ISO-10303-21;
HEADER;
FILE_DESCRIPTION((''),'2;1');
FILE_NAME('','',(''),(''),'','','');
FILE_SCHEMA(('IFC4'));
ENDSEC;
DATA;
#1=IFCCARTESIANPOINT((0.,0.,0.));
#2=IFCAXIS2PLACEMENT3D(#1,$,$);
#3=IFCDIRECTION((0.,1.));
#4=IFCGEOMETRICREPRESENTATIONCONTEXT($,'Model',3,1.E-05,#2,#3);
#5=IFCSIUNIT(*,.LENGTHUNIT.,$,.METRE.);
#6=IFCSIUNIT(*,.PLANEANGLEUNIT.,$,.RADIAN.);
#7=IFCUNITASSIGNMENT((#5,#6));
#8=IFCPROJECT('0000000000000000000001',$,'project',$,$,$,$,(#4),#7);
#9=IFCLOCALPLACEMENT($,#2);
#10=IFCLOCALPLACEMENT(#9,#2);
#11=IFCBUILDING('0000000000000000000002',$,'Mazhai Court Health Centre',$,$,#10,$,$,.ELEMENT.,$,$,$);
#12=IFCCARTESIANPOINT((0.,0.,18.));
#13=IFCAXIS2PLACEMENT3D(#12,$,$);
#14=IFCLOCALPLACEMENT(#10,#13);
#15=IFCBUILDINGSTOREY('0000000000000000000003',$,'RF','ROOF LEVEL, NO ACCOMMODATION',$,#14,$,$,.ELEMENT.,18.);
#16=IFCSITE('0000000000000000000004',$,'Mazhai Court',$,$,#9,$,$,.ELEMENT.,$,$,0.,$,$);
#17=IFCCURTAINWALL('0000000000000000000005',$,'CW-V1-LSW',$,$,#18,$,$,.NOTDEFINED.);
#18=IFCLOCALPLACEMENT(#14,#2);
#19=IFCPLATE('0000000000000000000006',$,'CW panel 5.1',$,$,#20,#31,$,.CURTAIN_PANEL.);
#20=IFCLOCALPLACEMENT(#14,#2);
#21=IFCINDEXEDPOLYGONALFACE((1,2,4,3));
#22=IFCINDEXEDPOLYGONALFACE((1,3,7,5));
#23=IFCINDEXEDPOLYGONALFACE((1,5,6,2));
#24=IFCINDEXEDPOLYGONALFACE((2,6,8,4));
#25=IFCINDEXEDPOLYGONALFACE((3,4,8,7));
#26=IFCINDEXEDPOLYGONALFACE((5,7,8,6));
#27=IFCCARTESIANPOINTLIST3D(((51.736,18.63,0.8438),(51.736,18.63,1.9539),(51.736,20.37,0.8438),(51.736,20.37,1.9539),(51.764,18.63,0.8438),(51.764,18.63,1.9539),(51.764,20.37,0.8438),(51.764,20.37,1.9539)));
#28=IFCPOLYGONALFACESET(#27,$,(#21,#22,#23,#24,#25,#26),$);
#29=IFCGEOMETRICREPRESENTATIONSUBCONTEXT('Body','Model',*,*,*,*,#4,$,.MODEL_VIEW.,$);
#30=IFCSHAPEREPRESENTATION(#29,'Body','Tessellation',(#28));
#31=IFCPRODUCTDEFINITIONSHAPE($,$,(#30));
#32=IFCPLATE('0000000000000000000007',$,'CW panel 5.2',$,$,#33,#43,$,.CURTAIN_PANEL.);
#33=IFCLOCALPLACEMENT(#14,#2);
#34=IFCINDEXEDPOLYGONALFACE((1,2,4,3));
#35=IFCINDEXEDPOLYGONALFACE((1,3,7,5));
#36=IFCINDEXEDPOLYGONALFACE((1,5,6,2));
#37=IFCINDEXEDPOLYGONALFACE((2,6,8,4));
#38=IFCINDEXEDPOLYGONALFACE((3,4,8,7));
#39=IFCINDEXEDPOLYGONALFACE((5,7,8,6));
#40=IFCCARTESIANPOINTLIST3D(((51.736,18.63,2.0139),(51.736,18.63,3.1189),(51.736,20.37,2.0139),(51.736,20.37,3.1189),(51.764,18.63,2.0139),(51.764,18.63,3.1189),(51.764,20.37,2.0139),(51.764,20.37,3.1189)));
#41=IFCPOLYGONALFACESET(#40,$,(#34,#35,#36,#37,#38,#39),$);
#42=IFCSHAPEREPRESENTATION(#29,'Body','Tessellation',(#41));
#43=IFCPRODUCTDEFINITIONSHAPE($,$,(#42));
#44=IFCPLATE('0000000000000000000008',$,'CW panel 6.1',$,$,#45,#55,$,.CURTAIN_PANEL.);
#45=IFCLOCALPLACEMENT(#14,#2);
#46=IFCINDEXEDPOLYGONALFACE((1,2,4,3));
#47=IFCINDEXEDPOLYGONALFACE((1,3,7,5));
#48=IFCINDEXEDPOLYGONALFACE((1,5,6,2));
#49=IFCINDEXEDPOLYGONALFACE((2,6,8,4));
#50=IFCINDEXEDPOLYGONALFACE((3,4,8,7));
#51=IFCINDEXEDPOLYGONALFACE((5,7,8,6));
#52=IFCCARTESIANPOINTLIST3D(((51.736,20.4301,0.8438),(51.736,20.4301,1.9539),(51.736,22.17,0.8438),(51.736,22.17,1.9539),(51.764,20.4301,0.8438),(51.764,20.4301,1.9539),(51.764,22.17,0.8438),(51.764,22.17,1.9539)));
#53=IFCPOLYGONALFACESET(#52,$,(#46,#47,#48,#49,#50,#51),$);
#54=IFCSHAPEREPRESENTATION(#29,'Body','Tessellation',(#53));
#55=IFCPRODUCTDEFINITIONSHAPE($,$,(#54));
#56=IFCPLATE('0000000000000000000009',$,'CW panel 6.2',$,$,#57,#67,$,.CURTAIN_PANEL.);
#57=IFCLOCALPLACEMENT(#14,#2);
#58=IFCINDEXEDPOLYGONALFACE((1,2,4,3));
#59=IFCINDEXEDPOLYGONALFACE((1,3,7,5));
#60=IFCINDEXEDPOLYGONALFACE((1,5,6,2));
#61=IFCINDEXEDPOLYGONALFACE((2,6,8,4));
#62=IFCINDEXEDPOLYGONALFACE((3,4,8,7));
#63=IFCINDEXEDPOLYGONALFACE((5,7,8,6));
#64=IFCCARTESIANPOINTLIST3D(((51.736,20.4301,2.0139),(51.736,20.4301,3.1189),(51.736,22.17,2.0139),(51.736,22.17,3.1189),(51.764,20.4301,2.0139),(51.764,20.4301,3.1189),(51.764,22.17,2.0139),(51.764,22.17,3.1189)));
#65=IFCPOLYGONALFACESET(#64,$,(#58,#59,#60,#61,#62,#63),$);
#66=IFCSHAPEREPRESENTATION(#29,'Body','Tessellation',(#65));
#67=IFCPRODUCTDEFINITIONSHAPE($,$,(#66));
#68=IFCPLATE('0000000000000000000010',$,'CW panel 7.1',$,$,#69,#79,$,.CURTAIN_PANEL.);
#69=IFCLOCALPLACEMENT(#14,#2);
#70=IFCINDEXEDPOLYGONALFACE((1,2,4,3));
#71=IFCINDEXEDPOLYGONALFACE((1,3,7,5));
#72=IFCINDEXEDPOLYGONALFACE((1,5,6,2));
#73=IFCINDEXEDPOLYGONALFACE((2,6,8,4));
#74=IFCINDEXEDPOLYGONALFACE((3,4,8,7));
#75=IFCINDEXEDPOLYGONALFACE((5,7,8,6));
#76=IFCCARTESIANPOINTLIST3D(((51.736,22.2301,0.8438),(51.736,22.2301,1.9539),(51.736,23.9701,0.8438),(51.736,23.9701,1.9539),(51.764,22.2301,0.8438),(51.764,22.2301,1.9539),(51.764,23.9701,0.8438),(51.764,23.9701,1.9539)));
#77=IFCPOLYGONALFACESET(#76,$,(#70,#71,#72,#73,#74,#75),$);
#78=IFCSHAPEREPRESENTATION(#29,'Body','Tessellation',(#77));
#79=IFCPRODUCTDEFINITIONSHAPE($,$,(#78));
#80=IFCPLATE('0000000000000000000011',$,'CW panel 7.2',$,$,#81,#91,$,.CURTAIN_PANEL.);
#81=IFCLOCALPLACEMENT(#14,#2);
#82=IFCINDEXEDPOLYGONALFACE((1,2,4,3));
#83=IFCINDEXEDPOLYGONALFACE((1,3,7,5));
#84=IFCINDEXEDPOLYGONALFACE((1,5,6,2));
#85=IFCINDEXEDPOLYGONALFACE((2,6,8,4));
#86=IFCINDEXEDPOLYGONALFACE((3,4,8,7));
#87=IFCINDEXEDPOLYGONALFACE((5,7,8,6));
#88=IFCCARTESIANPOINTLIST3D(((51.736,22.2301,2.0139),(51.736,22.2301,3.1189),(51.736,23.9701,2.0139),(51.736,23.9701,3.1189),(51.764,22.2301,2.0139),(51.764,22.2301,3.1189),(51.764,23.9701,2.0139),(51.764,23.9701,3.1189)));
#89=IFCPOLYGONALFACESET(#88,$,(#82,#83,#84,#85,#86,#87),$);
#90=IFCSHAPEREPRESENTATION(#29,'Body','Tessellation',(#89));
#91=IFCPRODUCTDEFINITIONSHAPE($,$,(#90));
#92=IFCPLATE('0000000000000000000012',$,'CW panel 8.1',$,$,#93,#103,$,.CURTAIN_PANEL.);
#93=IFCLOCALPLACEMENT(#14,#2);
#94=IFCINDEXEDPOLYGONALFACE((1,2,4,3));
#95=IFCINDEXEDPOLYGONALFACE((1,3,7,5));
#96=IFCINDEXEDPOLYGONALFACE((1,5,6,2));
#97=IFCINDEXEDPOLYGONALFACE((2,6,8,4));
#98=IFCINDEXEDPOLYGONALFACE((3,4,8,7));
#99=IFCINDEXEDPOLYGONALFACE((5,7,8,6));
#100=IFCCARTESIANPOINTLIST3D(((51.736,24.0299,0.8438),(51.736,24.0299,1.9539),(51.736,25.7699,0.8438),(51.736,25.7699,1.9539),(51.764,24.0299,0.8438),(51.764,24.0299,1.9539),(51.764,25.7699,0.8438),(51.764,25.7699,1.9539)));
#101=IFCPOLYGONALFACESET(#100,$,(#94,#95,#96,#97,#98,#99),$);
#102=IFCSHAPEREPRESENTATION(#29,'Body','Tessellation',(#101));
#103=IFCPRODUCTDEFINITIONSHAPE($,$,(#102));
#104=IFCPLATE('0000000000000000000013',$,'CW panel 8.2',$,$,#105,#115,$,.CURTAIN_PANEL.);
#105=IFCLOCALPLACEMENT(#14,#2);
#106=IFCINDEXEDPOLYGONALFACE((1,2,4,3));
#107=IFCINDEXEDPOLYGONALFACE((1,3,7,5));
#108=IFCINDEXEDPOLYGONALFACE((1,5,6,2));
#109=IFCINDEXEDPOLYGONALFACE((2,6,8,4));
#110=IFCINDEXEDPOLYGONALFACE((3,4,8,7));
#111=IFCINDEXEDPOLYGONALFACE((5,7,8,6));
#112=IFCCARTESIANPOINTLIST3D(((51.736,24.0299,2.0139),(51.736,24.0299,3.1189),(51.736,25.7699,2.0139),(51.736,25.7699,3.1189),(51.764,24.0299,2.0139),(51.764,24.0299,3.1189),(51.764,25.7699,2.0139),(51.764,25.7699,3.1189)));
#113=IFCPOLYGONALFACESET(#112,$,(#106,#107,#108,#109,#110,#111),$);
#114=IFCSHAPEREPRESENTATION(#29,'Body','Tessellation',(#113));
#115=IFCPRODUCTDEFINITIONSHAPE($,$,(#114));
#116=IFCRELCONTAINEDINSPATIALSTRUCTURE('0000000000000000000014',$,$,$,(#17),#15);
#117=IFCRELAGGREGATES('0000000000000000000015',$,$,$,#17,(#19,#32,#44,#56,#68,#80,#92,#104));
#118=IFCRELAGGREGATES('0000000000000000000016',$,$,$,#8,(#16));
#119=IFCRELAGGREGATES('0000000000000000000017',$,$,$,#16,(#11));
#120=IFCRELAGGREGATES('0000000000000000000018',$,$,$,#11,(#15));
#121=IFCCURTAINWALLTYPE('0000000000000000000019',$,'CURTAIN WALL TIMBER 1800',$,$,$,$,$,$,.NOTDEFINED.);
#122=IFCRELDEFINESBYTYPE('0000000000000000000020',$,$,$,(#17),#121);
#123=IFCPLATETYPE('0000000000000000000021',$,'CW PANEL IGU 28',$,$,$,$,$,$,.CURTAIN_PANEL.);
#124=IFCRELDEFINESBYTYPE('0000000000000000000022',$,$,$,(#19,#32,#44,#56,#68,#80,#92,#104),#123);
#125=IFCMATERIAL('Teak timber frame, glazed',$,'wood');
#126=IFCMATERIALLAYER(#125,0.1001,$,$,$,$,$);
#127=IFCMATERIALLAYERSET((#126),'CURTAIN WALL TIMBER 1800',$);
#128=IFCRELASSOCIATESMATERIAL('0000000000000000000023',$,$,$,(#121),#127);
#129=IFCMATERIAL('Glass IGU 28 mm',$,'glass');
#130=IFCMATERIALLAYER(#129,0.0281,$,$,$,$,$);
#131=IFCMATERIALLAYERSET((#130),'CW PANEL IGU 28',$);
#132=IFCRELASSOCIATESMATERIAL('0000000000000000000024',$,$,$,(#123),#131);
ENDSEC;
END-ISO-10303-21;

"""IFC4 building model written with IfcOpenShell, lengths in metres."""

from ifc_helpers import new_model, si_unit, direction, frame, origin, origin_2d, place, context, subcontext, project, spatial, rectangle, extrude, material, layer, layer_set, type_object, element, aggregate, save


model = new_model("IFC4")

# Units and contexts
model_context = context("Model", 3, precision=1e-05, world=origin(), true_north=direction((0.0, 1.0)))
body_context = subcontext(model_context, "Body", "Model", "MODEL_VIEW")
ifc_project = project(units=[si_unit("LENGTHUNIT", "METRE"), si_unit("PLANEANGLEUNIT", "RADIAN")], contexts=[model_context])

# Site, building, storey
site_placement = place(None, origin())
site = spatial("IfcSite", under=ifc_project, at=site_placement, Name="Mazhai Court", CompositionType="ELEMENT", RefElevation=0.0)
building_placement = place(site_placement, origin())
building = spatial("IfcBuilding", under=site, at=building_placement, Name="Mazhai Court Health Centre", CompositionType="ELEMENT")
storey_placement = place(building_placement, frame((0.0, 0.0, 18.0)))
storey = spatial("IfcBuildingStorey", under=building, at=storey_placement, Name="RF", Description="ROOF LEVEL, NO ACCOMMODATION", CompositionType="ELEMENT", Elevation=18.0)

# Curtain wall, plates
ifc_material_1 = material(Name="Teak timber frame, glazed", Category="wood")
ifc_layer_1 = layer(ifc_material_1, 0.1001)
ifc_layer_set_1 = layer_set([ifc_layer_1], Name="CURTAIN WALL TIMBER 1800")
curtain_wall_type = type_object("IfcCurtainWallType", Name="CURTAIN WALL TIMBER 1800", PredefinedType="NOTDEFINED", material=ifc_layer_set_1)
curtain_wall_placement = place(storey_placement, origin())
curtain_wall = element("IfcCurtainWall", 1, at=curtain_wall_placement, inside=storey, type_object=curtain_wall_type, Name="CW-V1-LSW", PredefinedType="NOTDEFINED")
ifc_material_2 = material(Name="Glass IGU 28 mm", Category="glass")
ifc_layer_2 = layer(ifc_material_2, 0.0281)
ifc_layer_set_2 = layer_set([ifc_layer_2], Name="CW PANEL IGU 28")
plate_type = type_object("IfcPlateType", Name="CW PANEL IGU 28", PredefinedType="CURTAIN_PANEL", material=ifc_layer_set_2)
plate_1_placement = place(storey_placement, frame((51.75, 19.5, 0.8438), z_axis=(0.0, 0.0, 1.0), x_axis=(0.0, 1.0, 0.0)))
plate_1 = element("IfcPlate", 2, at=plate_1_placement, type_object=plate_type, Name="CW panel 5.1", PredefinedType="CURTAIN_PANEL", context=body_context, shape_type="SweptSolid", body=[
    extrude(rectangle(XDim=1.74, YDim=0.0281, at=origin_2d()), origin(), (0.0, 0.0, 1.0), 1.1101),
])
plate_2_placement = place(storey_placement, frame((51.75, 19.5, 2.0139), z_axis=(0.0, 0.0, 1.0), x_axis=(0.0, 1.0, 0.0)))
plate_2 = element("IfcPlate", 3, at=plate_2_placement, type_object=plate_type, Name="CW panel 5.2", PredefinedType="CURTAIN_PANEL", context=body_context, shape_type="SweptSolid", body=[
    extrude(rectangle(XDim=1.74, YDim=0.0281, at=origin_2d()), origin(), (0.0, 0.0, 1.0), 1.105),
])
plate_3_placement = place(storey_placement, frame((51.75, 21.3, 0.8438), z_axis=(0.0, 0.0, 1.0), x_axis=(0.0, 1.0, 0.0)))
plate_3 = element("IfcPlate", 4, at=plate_3_placement, type_object=plate_type, Name="CW panel 6.1", PredefinedType="CURTAIN_PANEL", context=body_context, shape_type="SweptSolid", body=[
    extrude(rectangle(XDim=1.74, YDim=0.0281, at=origin_2d()), origin(), (0.0, 0.0, 1.0), 1.1101),
])
plate_4_placement = place(storey_placement, frame((51.75, 21.3, 2.0139), z_axis=(0.0, 0.0, 1.0), x_axis=(0.0, 1.0, 0.0)))
plate_4 = element("IfcPlate", 5, at=plate_4_placement, type_object=plate_type, Name="CW panel 6.2", PredefinedType="CURTAIN_PANEL", context=body_context, shape_type="SweptSolid", body=[
    extrude(rectangle(XDim=1.74, YDim=0.0281, at=origin_2d()), origin(), (0.0, 0.0, 1.0), 1.105),
])
plate_5_placement = place(storey_placement, frame((51.75, 23.1001, 0.8438), z_axis=(0.0, 0.0, 1.0), x_axis=(0.0, 1.0, 0.0)))
plate_5 = element("IfcPlate", 6, at=plate_5_placement, type_object=plate_type, Name="CW panel 7.1", PredefinedType="CURTAIN_PANEL", context=body_context, shape_type="SweptSolid", body=[
    extrude(rectangle(XDim=1.74, YDim=0.0281, at=origin_2d()), origin(), (0.0, 0.0, 1.0), 1.1101),
])
plate_6_placement = place(storey_placement, frame((51.75, 23.1001, 2.0139), z_axis=(0.0, 0.0, 1.0), x_axis=(0.0, 1.0, 0.0)))
plate_6 = element("IfcPlate", 7, at=plate_6_placement, type_object=plate_type, Name="CW panel 7.2", PredefinedType="CURTAIN_PANEL", context=body_context, shape_type="SweptSolid", body=[
    extrude(rectangle(XDim=1.74, YDim=0.0281, at=origin_2d()), origin(), (0.0, 0.0, 1.0), 1.105),
])
plate_7_placement = place(storey_placement, frame((51.75, 24.8999, 0.8438), z_axis=(0.0, 0.0, 1.0), x_axis=(0.0, 1.0, 0.0)))
plate_7 = element("IfcPlate", 8, at=plate_7_placement, type_object=plate_type, Name="CW panel 8.1", PredefinedType="CURTAIN_PANEL", context=body_context, shape_type="SweptSolid", body=[
    extrude(rectangle(XDim=1.74, YDim=0.0281, at=origin_2d()), origin(), (0.0, 0.0, 1.0), 1.1101),
])
plate_8_placement = place(storey_placement, frame((51.75, 24.8999, 2.0139), z_axis=(0.0, 0.0, 1.0), x_axis=(0.0, 1.0, 0.0)))
plate_8 = element("IfcPlate", 9, at=plate_8_placement, type_object=plate_type, Name="CW panel 8.2", PredefinedType="CURTAIN_PANEL", context=body_context, shape_type="SweptSolid", body=[
    extrude(rectangle(XDim=1.74, YDim=0.0281, at=origin_2d()), origin(), (0.0, 0.0, 1.0), 1.105),
])
aggregate(curtain_wall, [plate_1, plate_2, plate_3, plate_4, plate_5, plate_6, plate_7, plate_8])

save(model, "model.ifc")
